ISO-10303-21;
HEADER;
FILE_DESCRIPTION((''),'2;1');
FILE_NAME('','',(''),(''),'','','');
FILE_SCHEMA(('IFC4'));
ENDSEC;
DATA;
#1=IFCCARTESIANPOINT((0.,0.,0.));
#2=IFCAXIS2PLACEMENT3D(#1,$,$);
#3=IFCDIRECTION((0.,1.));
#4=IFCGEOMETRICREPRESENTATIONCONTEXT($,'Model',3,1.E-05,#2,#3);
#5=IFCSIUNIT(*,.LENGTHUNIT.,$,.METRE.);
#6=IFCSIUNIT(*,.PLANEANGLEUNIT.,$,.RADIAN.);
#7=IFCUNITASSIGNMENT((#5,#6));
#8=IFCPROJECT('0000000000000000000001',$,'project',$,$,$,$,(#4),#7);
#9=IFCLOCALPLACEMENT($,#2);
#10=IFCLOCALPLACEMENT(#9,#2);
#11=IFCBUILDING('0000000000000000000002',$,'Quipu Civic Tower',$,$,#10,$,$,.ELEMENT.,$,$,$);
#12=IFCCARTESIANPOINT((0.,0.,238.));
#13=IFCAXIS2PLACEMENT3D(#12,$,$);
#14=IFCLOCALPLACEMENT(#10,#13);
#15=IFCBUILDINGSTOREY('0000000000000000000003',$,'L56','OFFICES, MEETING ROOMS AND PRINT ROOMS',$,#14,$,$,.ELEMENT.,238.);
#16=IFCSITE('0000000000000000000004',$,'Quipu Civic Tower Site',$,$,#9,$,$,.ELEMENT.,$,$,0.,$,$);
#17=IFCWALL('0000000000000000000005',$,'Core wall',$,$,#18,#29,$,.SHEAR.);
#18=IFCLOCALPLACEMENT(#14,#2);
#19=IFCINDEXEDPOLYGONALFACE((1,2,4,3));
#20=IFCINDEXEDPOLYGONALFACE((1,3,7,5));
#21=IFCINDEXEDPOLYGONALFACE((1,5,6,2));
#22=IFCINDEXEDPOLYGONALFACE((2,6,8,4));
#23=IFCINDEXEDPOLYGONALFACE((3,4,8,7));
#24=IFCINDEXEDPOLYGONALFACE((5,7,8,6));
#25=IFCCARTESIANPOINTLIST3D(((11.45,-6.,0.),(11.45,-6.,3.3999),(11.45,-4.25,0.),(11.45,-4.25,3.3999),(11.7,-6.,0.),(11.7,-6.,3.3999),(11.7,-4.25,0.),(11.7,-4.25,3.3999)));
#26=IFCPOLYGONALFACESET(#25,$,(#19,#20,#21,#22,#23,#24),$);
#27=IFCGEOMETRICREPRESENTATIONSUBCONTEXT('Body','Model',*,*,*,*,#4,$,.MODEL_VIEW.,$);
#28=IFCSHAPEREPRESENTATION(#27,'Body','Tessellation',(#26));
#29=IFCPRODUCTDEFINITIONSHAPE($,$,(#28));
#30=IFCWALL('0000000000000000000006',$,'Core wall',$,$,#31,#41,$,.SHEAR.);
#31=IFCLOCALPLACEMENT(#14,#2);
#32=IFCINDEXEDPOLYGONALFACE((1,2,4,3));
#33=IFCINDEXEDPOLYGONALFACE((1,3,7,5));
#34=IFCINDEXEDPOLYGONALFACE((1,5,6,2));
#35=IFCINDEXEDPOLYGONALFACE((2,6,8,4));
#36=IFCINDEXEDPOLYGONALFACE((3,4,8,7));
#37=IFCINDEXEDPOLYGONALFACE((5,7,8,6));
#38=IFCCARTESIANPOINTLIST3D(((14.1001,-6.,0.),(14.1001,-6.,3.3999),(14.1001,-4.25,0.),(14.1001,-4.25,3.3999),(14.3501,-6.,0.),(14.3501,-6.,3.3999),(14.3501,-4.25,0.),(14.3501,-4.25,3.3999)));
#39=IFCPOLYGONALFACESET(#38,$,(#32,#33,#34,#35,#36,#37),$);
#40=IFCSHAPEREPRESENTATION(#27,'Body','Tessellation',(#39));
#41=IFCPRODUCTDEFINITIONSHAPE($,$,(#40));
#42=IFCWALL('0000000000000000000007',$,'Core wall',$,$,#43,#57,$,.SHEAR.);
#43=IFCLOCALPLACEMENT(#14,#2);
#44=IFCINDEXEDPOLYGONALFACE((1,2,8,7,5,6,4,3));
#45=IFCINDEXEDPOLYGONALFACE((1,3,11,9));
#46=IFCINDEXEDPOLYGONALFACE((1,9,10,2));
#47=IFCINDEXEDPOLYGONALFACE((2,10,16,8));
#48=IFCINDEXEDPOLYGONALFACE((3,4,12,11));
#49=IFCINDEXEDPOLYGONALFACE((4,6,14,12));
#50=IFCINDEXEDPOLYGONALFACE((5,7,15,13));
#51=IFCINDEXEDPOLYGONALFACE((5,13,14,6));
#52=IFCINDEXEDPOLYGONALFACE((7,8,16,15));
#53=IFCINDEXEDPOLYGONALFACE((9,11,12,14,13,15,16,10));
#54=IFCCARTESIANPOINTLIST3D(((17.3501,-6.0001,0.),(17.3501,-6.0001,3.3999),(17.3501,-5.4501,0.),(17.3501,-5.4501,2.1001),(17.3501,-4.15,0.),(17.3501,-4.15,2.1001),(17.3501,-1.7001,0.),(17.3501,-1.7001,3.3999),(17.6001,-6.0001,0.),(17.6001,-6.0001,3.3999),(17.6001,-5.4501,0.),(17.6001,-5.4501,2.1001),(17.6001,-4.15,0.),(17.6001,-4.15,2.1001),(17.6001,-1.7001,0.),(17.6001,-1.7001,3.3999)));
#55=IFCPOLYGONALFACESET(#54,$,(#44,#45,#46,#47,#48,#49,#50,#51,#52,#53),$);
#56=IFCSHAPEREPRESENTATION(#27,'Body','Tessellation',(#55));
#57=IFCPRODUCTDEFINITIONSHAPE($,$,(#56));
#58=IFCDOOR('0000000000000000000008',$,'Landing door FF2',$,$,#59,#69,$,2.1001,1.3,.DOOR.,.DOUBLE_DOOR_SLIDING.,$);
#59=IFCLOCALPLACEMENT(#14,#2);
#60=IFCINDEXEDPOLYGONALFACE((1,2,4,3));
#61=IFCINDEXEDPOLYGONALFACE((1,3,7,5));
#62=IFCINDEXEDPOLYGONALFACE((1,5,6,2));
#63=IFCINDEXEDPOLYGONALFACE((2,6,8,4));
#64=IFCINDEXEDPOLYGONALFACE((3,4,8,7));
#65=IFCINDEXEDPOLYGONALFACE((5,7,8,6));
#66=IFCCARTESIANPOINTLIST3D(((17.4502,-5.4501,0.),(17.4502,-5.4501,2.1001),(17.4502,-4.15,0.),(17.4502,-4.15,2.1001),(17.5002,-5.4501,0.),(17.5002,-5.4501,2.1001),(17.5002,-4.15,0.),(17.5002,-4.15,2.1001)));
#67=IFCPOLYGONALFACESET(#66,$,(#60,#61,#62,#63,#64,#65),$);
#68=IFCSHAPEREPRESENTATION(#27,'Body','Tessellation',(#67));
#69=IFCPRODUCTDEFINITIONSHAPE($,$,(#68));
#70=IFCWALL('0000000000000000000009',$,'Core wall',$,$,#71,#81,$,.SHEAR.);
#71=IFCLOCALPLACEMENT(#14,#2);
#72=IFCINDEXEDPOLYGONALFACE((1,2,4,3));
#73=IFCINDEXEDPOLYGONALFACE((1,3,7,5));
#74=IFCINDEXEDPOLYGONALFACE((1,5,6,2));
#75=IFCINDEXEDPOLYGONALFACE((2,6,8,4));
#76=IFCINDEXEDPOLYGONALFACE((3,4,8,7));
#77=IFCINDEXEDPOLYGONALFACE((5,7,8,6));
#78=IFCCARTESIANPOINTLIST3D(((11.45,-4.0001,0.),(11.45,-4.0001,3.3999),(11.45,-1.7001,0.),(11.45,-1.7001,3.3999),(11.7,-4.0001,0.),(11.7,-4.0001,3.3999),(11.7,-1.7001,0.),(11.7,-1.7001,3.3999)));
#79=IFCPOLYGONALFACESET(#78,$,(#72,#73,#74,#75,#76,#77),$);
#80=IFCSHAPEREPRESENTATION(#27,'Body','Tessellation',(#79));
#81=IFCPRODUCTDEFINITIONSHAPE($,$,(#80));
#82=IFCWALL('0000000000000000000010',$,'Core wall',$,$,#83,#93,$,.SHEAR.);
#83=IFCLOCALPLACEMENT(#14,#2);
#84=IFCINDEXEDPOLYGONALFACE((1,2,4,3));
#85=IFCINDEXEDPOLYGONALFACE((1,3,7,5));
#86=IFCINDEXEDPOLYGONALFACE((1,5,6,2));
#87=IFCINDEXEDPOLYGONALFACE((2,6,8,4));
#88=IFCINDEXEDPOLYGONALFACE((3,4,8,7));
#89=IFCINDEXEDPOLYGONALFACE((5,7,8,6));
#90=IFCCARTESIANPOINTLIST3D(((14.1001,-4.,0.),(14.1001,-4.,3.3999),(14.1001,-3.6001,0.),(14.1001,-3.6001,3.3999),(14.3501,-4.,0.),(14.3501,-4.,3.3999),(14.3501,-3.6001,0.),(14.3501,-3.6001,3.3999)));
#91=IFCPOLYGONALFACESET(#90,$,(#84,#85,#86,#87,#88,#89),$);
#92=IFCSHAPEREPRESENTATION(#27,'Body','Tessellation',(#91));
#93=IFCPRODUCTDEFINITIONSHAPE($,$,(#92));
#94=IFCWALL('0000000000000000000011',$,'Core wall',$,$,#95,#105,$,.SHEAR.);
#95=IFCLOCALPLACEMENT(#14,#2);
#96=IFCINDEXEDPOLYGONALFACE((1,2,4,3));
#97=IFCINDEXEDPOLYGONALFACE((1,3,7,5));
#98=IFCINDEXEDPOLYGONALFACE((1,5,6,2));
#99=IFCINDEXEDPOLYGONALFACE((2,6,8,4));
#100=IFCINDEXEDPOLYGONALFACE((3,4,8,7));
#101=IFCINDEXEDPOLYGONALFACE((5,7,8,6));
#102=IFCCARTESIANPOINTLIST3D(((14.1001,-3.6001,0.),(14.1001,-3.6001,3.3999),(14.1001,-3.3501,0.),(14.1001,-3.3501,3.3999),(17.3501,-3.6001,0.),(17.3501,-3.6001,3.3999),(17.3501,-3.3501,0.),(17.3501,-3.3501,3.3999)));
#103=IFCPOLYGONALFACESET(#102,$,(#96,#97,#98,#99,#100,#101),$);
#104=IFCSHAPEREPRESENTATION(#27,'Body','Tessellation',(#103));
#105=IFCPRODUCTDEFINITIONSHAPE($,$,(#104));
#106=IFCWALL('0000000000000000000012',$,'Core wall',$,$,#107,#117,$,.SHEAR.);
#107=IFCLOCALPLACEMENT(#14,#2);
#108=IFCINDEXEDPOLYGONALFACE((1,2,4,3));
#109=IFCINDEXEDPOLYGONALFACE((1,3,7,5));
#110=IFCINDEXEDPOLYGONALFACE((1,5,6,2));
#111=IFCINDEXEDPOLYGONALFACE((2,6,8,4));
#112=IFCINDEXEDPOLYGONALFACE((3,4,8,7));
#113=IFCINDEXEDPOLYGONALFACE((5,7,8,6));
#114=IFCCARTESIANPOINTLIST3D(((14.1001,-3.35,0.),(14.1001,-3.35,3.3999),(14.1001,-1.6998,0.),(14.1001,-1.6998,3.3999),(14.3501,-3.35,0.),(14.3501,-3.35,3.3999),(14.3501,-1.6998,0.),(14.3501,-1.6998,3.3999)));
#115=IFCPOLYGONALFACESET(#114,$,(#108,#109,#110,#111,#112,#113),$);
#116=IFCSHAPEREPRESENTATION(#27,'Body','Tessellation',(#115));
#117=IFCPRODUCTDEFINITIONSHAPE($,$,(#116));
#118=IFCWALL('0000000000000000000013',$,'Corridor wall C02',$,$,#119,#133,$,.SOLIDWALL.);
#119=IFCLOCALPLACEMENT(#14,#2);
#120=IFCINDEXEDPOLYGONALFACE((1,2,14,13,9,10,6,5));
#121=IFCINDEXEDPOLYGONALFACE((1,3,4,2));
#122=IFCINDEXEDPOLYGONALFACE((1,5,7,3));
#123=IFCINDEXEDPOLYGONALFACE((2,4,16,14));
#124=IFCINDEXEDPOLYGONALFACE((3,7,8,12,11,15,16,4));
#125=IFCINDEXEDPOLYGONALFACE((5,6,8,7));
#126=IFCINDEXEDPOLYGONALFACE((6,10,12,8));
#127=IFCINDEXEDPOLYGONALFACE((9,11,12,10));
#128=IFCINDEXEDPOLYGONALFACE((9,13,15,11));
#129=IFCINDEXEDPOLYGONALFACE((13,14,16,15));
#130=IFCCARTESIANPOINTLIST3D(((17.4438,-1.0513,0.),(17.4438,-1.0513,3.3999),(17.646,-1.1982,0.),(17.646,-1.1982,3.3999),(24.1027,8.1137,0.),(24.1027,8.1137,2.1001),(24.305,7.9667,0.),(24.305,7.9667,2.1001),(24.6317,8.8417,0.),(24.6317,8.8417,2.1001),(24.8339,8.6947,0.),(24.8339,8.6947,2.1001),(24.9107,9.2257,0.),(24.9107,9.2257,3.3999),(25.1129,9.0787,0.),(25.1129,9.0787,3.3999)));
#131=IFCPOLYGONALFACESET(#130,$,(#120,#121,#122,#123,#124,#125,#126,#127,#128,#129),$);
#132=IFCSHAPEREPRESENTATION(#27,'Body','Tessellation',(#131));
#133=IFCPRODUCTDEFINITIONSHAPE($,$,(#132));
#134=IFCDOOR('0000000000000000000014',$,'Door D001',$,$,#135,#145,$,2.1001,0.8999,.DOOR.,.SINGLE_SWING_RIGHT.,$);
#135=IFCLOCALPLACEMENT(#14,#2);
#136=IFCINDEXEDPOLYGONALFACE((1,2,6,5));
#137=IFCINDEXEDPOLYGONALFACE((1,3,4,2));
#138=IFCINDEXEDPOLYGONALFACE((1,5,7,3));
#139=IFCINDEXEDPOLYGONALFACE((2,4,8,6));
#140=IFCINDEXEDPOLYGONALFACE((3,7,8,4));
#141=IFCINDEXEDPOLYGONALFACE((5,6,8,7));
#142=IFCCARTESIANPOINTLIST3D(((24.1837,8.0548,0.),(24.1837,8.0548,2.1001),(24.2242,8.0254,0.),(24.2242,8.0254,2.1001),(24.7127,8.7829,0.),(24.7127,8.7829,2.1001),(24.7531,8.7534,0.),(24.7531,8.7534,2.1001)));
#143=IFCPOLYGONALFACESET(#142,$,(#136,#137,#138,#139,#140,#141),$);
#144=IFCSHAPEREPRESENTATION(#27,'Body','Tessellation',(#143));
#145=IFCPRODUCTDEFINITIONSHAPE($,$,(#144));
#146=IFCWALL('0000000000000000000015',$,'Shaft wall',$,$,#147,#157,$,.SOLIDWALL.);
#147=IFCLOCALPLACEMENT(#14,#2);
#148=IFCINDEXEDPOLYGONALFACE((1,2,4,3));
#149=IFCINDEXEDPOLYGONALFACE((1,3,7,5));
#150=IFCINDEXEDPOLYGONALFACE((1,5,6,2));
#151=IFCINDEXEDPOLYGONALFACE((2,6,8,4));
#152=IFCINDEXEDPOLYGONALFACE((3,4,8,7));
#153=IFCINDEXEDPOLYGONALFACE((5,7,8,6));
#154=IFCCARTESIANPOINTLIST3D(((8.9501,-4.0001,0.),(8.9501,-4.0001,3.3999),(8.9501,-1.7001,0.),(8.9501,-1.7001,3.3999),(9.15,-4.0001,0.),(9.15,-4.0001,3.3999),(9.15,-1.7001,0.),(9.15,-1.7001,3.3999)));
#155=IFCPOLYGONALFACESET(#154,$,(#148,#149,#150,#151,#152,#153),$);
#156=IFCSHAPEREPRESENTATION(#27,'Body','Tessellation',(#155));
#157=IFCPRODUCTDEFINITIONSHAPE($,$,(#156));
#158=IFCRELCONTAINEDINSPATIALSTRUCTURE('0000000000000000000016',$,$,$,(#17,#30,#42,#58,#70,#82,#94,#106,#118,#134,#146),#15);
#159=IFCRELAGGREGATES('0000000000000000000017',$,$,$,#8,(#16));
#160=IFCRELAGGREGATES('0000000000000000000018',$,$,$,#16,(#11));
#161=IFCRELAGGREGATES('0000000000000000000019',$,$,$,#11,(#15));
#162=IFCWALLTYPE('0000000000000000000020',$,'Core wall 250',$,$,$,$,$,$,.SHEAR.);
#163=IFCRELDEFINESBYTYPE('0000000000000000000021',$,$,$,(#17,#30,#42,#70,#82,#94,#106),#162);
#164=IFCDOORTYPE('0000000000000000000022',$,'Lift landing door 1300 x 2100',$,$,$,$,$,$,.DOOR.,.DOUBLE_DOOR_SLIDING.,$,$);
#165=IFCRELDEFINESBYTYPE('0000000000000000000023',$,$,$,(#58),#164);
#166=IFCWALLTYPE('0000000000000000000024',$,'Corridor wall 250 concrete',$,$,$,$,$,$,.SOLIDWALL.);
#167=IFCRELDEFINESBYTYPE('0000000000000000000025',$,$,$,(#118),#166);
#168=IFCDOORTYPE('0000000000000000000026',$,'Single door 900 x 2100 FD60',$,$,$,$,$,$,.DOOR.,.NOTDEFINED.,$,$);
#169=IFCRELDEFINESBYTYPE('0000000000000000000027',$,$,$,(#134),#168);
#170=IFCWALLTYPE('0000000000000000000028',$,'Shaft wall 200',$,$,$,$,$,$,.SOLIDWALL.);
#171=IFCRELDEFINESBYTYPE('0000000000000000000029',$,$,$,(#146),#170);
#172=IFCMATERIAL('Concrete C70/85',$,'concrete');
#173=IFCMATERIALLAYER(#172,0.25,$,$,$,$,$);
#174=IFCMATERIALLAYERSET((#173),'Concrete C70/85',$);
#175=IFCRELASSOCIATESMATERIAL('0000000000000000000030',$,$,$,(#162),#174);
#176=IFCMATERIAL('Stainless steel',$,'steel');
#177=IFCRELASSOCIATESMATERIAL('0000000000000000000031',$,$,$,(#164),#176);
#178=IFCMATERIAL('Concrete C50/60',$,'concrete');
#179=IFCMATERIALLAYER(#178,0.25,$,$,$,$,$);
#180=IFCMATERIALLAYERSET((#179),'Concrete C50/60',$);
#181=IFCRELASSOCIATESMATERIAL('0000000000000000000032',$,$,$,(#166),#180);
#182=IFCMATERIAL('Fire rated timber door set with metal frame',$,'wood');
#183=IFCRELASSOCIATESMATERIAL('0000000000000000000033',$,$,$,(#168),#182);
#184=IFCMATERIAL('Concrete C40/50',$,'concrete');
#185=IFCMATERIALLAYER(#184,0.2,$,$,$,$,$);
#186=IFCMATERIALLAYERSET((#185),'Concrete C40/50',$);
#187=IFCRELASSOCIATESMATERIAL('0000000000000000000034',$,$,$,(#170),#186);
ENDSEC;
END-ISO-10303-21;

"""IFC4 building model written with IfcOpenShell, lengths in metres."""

from ifc_helpers import new_model, si_unit, direction, frame, frame_2d, origin, place, context, subcontext, project, spatial, rectangle, extrude, material, layer, layer_set, type_object, element, fill, save


model = new_model("IFC4")

# Units and contexts
model_context = context("Model", 3, precision=1e-05, world=origin(), true_north=direction((0.0, 1.0)))
body_context = subcontext(model_context, "Body", "Model", "MODEL_VIEW")
ifc_project = project(units=[si_unit("LENGTHUNIT", "METRE"), si_unit("PLANEANGLEUNIT", "RADIAN")], contexts=[model_context])

# Site, building, storey
site_placement = place(None, origin())
site = spatial("IfcSite", under=ifc_project, at=site_placement, Name="Quipu Civic Tower Site", CompositionType="ELEMENT", RefElevation=0.0)
building_placement = place(site_placement, origin())
building = spatial("IfcBuilding", under=site, at=building_placement, Name="Quipu Civic Tower", CompositionType="ELEMENT")
storey_placement = place(building_placement, frame((0.0, 0.0, 238.0)))
storey = spatial("IfcBuildingStorey", under=building, at=storey_placement, Name="L56", Description="OFFICES, MEETING ROOMS AND PRINT ROOMS", CompositionType="ELEMENT", Elevation=238.0)

# Walls
ifc_material_1 = material(Name="Concrete C70/85", Category="concrete")
ifc_layer_1 = layer(ifc_material_1, 0.25)
ifc_layer_set_1 = layer_set([ifc_layer_1], Name="Concrete C70/85")
wall_type_1 = type_object("IfcWallType", Name="Core wall 250", PredefinedType="SHEAR", material=ifc_layer_set_1)
for number, where, z_axis, x_axis, name in (
    (1, (11.575, -6.0, 0.0), (0.0, 0.0, 1.0), (0.0, 1.0, 0.0), "Core wall"),
    (2, (14.2251, -6.0, 0.0), (0.0, 0.0, 1.0), (0.0, 1.0, 0.0), "Core wall"),
):
    element("IfcWall", number, at=place(storey_placement, frame(where, z_axis=z_axis, x_axis=x_axis)), inside=storey, type_object=wall_type_1, Name=name, PredefinedType="SHEAR", context=body_context, shape_type="SweptSolid", body=[
        extrude(rectangle(XDim=1.75, YDim=0.25, at=frame_2d((0.875, 0.0))), origin(), (0.0, 0.0, 1.0), 3.3999),
    ])

# Wall, opening, door
wall_1_placement = place(storey_placement, frame((17.4751, -6.0, 0.0), z_axis=(0.0, 0.0, 1.0), x_axis=(0.0, 1.0, 0.0)))
wall_1 = element("IfcWall", 3, at=wall_1_placement, inside=storey, type_object=wall_type_1, Name="Core wall", PredefinedType="SHEAR", context=body_context, shape_type="SweptSolid", body=[
    extrude(rectangle(XDim=4.3, YDim=0.25, at=frame_2d((2.1499, 0.0))), origin(), (0.0, 0.0, 1.0), 3.3999),
])
opening_1_placement = place(wall_1_placement, frame((0.55, 0.0, 0.0)))
opening_1 = element("IfcOpeningElement", 4, at=opening_1_placement, cuts=wall_1, PredefinedType="OPENING", context=body_context, shape_type="SweptSolid", body=[
    extrude(rectangle(XDim=1.3, YDim=2.1001, at=frame_2d((0.6499, 1.05))), frame((0.0, 0.135, 0.0), z_axis=(0.0, -1.0, 0.0), x_axis=(1.0, 0.0, 0.0)), (0.0, 0.0, 1.0), 0.27),
])
ifc_material_2 = material(Name="Stainless steel", Category="steel")
door_type_1 = type_object("IfcDoorType", Name="Lift landing door 1300 x 2100", OperationType="DOUBLE_DOOR_SLIDING", PredefinedType="DOOR", material=ifc_material_2)
door_1_placement = place(opening_1_placement, origin())
door_1 = element("IfcDoor", 5, at=door_1_placement, inside=storey, type_object=door_type_1, Name="Landing door FF2", OperationType="DOUBLE_DOOR_SLIDING", OverallHeight=2.1001, OverallWidth=1.3, PredefinedType="DOOR", context=body_context, shape_type="SweptSolid", body=[
    extrude(rectangle(XDim=1.3, YDim=2.1001, at=frame_2d((0.6499, 1.05))), frame((0.0, 0.0249, 0.0), z_axis=(0.0, -1.0, 0.0), x_axis=(1.0, 0.0, 0.0)), (0.0, 0.0, 1.0), 0.05),
])
fill(opening_1, door_1)

# Walls
wall_2_placement = place(storey_placement, frame((11.575, -4.0, 0.0), z_axis=(0.0, 0.0, 1.0), x_axis=(0.0, 1.0, 0.0)))
element("IfcWall", 6, at=wall_2_placement, inside=storey, type_object=wall_type_1, Name="Core wall", PredefinedType="SHEAR", context=body_context, shape_type="SweptSolid", body=[
    extrude(rectangle(XDim=2.3, YDim=0.25, at=frame_2d((1.1499, 0.0))), origin(), (0.0, 0.0, 1.0), 3.3999),
])
wall_3_placement = place(storey_placement, frame((14.2251, -4.0, 0.0), z_axis=(0.0, 0.0, 1.0), x_axis=(0.0, 1.0, 0.0)))
element("IfcWall", 7, at=wall_3_placement, inside=storey, type_object=wall_type_1, Name="Core wall", PredefinedType="SHEAR", context=body_context, shape_type="SweptSolid", body=[
    extrude(rectangle(XDim=0.3999, YDim=0.25, at=frame_2d((0.2, 0.0))), origin(), (0.0, 0.0, 1.0), 3.3999),
])
wall_4_placement = place(storey_placement, frame((14.1001, -3.4751, 0.0), z_axis=(0.0, 0.0, 1.0), x_axis=(1.0, 0.0, 0.0)))
element("IfcWall", 8, at=wall_4_placement, inside=storey, type_object=wall_type_1, Name="Core wall", PredefinedType="SHEAR", context=body_context, shape_type="SweptSolid", body=[
    extrude(rectangle(XDim=3.25, YDim=0.25, at=frame_2d((1.625, 0.0))), origin(), (0.0, 0.0, 1.0), 3.3999),
])
wall_5_placement = place(storey_placement, frame((14.2251, -3.3501, 0.0), z_axis=(0.0, 0.0, 1.0), x_axis=(0.0, 1.0, 0.0)))
element("IfcWall", 9, at=wall_5_placement, inside=storey, type_object=wall_type_1, Name="Core wall", PredefinedType="SHEAR", context=body_context, shape_type="SweptSolid", body=[
    extrude(rectangle(XDim=1.6501, YDim=0.25, at=frame_2d((0.8252, 0.0))), origin(), (0.0, 0.0, 1.0), 3.3999),
])

# Wall, opening, door
ifc_material_3 = material(Name="Concrete C50/60", Category="concrete")
ifc_layer_2 = layer(ifc_material_3, 0.25)
ifc_layer_set_2 = layer_set([ifc_layer_2], Name="Concrete C50/60")
wall_type_2 = type_object("IfcWallType", Name="Corridor wall 250 concrete", PredefinedType="SOLIDWALL", material=ifc_layer_set_2)
wall_6_placement = place(storey_placement, frame((17.5449, -1.1248, 0.0), z_axis=(0.0, 0.0, 1.0), x_axis=(0.587797, 0.809009, 0.0)))
wall_6 = element("IfcWall", 10, at=wall_6_placement, inside=storey, type_object=wall_type_2, Name="Corridor wall C02", PredefinedType="SOLIDWALL", context=body_context, shape_type="SweptSolid", body=[
    extrude(rectangle(XDim=12.7031, YDim=0.25, at=frame_2d((6.3516, 0.0))), origin(), (0.0, 0.0, 1.0), 3.3999),
])
opening_2_placement = place(wall_6_placement, frame((11.3286, 0.0, 0.0)))
opening_2 = element("IfcOpeningElement", 11, at=opening_2_placement, cuts=wall_6, PredefinedType="OPENING", context=body_context, shape_type="SweptSolid", body=[
    extrude(rectangle(XDim=0.8999, YDim=2.1001, at=frame_2d((0.45, 1.05))), frame((0.0, 0.135, 0.0), z_axis=(0.0, -1.0, 0.0), x_axis=(1.0, 0.0, 0.0)), (0.0, 0.0, 1.0), 0.27),
])
ifc_material_4 = material(Name="Fire rated timber door set with metal frame", Category="wood")
door_type_2 = type_object("IfcDoorType", Name="Single door 900 x 2100 FD60", OperationType="NOTDEFINED", PredefinedType="DOOR", material=ifc_material_4)
door_2_placement = place(opening_2_placement, origin())
door_2 = element("IfcDoor", 12, at=door_2_placement, inside=storey, type_object=door_type_2, Name="Door D001", OperationType="SINGLE_SWING_RIGHT", OverallHeight=2.1001, OverallWidth=0.8999, PredefinedType="DOOR", context=body_context, shape_type="SweptSolid", body=[
    extrude(rectangle(XDim=0.8999, YDim=2.1001, at=frame_2d((0.45, 1.05))), frame((0.0, 0.0249, 0.0), z_axis=(0.0, -1.0, 0.0), x_axis=(1.0, 0.0, 0.0)), (0.0, 0.0, 1.0), 0.05),
])
fill(opening_2, door_2)

# Wall
ifc_material_5 = material(Name="Concrete C40/50", Category="concrete")
ifc_layer_3 = layer(ifc_material_5, 0.2)
ifc_layer_set_3 = layer_set([ifc_layer_3], Name="Concrete C40/50")
wall_type_3 = type_object("IfcWallType", Name="Shaft wall 200", PredefinedType="SOLIDWALL", material=ifc_layer_set_3)
wall_7_placement = place(storey_placement, frame((9.05, -4.0, 0.0), z_axis=(0.0, 0.0, 1.0), x_axis=(0.0, 1.0, 0.0)))
element("IfcWall", 13, at=wall_7_placement, inside=storey, type_object=wall_type_3, Name="Shaft wall", PredefinedType="SOLIDWALL", context=body_context, shape_type="SweptSolid", body=[
    extrude(rectangle(XDim=2.3, YDim=0.2, at=frame_2d((1.1499, 0.0))), origin(), (0.0, 0.0, 1.0), 3.3999),
])

save(model, "model.ifc")
